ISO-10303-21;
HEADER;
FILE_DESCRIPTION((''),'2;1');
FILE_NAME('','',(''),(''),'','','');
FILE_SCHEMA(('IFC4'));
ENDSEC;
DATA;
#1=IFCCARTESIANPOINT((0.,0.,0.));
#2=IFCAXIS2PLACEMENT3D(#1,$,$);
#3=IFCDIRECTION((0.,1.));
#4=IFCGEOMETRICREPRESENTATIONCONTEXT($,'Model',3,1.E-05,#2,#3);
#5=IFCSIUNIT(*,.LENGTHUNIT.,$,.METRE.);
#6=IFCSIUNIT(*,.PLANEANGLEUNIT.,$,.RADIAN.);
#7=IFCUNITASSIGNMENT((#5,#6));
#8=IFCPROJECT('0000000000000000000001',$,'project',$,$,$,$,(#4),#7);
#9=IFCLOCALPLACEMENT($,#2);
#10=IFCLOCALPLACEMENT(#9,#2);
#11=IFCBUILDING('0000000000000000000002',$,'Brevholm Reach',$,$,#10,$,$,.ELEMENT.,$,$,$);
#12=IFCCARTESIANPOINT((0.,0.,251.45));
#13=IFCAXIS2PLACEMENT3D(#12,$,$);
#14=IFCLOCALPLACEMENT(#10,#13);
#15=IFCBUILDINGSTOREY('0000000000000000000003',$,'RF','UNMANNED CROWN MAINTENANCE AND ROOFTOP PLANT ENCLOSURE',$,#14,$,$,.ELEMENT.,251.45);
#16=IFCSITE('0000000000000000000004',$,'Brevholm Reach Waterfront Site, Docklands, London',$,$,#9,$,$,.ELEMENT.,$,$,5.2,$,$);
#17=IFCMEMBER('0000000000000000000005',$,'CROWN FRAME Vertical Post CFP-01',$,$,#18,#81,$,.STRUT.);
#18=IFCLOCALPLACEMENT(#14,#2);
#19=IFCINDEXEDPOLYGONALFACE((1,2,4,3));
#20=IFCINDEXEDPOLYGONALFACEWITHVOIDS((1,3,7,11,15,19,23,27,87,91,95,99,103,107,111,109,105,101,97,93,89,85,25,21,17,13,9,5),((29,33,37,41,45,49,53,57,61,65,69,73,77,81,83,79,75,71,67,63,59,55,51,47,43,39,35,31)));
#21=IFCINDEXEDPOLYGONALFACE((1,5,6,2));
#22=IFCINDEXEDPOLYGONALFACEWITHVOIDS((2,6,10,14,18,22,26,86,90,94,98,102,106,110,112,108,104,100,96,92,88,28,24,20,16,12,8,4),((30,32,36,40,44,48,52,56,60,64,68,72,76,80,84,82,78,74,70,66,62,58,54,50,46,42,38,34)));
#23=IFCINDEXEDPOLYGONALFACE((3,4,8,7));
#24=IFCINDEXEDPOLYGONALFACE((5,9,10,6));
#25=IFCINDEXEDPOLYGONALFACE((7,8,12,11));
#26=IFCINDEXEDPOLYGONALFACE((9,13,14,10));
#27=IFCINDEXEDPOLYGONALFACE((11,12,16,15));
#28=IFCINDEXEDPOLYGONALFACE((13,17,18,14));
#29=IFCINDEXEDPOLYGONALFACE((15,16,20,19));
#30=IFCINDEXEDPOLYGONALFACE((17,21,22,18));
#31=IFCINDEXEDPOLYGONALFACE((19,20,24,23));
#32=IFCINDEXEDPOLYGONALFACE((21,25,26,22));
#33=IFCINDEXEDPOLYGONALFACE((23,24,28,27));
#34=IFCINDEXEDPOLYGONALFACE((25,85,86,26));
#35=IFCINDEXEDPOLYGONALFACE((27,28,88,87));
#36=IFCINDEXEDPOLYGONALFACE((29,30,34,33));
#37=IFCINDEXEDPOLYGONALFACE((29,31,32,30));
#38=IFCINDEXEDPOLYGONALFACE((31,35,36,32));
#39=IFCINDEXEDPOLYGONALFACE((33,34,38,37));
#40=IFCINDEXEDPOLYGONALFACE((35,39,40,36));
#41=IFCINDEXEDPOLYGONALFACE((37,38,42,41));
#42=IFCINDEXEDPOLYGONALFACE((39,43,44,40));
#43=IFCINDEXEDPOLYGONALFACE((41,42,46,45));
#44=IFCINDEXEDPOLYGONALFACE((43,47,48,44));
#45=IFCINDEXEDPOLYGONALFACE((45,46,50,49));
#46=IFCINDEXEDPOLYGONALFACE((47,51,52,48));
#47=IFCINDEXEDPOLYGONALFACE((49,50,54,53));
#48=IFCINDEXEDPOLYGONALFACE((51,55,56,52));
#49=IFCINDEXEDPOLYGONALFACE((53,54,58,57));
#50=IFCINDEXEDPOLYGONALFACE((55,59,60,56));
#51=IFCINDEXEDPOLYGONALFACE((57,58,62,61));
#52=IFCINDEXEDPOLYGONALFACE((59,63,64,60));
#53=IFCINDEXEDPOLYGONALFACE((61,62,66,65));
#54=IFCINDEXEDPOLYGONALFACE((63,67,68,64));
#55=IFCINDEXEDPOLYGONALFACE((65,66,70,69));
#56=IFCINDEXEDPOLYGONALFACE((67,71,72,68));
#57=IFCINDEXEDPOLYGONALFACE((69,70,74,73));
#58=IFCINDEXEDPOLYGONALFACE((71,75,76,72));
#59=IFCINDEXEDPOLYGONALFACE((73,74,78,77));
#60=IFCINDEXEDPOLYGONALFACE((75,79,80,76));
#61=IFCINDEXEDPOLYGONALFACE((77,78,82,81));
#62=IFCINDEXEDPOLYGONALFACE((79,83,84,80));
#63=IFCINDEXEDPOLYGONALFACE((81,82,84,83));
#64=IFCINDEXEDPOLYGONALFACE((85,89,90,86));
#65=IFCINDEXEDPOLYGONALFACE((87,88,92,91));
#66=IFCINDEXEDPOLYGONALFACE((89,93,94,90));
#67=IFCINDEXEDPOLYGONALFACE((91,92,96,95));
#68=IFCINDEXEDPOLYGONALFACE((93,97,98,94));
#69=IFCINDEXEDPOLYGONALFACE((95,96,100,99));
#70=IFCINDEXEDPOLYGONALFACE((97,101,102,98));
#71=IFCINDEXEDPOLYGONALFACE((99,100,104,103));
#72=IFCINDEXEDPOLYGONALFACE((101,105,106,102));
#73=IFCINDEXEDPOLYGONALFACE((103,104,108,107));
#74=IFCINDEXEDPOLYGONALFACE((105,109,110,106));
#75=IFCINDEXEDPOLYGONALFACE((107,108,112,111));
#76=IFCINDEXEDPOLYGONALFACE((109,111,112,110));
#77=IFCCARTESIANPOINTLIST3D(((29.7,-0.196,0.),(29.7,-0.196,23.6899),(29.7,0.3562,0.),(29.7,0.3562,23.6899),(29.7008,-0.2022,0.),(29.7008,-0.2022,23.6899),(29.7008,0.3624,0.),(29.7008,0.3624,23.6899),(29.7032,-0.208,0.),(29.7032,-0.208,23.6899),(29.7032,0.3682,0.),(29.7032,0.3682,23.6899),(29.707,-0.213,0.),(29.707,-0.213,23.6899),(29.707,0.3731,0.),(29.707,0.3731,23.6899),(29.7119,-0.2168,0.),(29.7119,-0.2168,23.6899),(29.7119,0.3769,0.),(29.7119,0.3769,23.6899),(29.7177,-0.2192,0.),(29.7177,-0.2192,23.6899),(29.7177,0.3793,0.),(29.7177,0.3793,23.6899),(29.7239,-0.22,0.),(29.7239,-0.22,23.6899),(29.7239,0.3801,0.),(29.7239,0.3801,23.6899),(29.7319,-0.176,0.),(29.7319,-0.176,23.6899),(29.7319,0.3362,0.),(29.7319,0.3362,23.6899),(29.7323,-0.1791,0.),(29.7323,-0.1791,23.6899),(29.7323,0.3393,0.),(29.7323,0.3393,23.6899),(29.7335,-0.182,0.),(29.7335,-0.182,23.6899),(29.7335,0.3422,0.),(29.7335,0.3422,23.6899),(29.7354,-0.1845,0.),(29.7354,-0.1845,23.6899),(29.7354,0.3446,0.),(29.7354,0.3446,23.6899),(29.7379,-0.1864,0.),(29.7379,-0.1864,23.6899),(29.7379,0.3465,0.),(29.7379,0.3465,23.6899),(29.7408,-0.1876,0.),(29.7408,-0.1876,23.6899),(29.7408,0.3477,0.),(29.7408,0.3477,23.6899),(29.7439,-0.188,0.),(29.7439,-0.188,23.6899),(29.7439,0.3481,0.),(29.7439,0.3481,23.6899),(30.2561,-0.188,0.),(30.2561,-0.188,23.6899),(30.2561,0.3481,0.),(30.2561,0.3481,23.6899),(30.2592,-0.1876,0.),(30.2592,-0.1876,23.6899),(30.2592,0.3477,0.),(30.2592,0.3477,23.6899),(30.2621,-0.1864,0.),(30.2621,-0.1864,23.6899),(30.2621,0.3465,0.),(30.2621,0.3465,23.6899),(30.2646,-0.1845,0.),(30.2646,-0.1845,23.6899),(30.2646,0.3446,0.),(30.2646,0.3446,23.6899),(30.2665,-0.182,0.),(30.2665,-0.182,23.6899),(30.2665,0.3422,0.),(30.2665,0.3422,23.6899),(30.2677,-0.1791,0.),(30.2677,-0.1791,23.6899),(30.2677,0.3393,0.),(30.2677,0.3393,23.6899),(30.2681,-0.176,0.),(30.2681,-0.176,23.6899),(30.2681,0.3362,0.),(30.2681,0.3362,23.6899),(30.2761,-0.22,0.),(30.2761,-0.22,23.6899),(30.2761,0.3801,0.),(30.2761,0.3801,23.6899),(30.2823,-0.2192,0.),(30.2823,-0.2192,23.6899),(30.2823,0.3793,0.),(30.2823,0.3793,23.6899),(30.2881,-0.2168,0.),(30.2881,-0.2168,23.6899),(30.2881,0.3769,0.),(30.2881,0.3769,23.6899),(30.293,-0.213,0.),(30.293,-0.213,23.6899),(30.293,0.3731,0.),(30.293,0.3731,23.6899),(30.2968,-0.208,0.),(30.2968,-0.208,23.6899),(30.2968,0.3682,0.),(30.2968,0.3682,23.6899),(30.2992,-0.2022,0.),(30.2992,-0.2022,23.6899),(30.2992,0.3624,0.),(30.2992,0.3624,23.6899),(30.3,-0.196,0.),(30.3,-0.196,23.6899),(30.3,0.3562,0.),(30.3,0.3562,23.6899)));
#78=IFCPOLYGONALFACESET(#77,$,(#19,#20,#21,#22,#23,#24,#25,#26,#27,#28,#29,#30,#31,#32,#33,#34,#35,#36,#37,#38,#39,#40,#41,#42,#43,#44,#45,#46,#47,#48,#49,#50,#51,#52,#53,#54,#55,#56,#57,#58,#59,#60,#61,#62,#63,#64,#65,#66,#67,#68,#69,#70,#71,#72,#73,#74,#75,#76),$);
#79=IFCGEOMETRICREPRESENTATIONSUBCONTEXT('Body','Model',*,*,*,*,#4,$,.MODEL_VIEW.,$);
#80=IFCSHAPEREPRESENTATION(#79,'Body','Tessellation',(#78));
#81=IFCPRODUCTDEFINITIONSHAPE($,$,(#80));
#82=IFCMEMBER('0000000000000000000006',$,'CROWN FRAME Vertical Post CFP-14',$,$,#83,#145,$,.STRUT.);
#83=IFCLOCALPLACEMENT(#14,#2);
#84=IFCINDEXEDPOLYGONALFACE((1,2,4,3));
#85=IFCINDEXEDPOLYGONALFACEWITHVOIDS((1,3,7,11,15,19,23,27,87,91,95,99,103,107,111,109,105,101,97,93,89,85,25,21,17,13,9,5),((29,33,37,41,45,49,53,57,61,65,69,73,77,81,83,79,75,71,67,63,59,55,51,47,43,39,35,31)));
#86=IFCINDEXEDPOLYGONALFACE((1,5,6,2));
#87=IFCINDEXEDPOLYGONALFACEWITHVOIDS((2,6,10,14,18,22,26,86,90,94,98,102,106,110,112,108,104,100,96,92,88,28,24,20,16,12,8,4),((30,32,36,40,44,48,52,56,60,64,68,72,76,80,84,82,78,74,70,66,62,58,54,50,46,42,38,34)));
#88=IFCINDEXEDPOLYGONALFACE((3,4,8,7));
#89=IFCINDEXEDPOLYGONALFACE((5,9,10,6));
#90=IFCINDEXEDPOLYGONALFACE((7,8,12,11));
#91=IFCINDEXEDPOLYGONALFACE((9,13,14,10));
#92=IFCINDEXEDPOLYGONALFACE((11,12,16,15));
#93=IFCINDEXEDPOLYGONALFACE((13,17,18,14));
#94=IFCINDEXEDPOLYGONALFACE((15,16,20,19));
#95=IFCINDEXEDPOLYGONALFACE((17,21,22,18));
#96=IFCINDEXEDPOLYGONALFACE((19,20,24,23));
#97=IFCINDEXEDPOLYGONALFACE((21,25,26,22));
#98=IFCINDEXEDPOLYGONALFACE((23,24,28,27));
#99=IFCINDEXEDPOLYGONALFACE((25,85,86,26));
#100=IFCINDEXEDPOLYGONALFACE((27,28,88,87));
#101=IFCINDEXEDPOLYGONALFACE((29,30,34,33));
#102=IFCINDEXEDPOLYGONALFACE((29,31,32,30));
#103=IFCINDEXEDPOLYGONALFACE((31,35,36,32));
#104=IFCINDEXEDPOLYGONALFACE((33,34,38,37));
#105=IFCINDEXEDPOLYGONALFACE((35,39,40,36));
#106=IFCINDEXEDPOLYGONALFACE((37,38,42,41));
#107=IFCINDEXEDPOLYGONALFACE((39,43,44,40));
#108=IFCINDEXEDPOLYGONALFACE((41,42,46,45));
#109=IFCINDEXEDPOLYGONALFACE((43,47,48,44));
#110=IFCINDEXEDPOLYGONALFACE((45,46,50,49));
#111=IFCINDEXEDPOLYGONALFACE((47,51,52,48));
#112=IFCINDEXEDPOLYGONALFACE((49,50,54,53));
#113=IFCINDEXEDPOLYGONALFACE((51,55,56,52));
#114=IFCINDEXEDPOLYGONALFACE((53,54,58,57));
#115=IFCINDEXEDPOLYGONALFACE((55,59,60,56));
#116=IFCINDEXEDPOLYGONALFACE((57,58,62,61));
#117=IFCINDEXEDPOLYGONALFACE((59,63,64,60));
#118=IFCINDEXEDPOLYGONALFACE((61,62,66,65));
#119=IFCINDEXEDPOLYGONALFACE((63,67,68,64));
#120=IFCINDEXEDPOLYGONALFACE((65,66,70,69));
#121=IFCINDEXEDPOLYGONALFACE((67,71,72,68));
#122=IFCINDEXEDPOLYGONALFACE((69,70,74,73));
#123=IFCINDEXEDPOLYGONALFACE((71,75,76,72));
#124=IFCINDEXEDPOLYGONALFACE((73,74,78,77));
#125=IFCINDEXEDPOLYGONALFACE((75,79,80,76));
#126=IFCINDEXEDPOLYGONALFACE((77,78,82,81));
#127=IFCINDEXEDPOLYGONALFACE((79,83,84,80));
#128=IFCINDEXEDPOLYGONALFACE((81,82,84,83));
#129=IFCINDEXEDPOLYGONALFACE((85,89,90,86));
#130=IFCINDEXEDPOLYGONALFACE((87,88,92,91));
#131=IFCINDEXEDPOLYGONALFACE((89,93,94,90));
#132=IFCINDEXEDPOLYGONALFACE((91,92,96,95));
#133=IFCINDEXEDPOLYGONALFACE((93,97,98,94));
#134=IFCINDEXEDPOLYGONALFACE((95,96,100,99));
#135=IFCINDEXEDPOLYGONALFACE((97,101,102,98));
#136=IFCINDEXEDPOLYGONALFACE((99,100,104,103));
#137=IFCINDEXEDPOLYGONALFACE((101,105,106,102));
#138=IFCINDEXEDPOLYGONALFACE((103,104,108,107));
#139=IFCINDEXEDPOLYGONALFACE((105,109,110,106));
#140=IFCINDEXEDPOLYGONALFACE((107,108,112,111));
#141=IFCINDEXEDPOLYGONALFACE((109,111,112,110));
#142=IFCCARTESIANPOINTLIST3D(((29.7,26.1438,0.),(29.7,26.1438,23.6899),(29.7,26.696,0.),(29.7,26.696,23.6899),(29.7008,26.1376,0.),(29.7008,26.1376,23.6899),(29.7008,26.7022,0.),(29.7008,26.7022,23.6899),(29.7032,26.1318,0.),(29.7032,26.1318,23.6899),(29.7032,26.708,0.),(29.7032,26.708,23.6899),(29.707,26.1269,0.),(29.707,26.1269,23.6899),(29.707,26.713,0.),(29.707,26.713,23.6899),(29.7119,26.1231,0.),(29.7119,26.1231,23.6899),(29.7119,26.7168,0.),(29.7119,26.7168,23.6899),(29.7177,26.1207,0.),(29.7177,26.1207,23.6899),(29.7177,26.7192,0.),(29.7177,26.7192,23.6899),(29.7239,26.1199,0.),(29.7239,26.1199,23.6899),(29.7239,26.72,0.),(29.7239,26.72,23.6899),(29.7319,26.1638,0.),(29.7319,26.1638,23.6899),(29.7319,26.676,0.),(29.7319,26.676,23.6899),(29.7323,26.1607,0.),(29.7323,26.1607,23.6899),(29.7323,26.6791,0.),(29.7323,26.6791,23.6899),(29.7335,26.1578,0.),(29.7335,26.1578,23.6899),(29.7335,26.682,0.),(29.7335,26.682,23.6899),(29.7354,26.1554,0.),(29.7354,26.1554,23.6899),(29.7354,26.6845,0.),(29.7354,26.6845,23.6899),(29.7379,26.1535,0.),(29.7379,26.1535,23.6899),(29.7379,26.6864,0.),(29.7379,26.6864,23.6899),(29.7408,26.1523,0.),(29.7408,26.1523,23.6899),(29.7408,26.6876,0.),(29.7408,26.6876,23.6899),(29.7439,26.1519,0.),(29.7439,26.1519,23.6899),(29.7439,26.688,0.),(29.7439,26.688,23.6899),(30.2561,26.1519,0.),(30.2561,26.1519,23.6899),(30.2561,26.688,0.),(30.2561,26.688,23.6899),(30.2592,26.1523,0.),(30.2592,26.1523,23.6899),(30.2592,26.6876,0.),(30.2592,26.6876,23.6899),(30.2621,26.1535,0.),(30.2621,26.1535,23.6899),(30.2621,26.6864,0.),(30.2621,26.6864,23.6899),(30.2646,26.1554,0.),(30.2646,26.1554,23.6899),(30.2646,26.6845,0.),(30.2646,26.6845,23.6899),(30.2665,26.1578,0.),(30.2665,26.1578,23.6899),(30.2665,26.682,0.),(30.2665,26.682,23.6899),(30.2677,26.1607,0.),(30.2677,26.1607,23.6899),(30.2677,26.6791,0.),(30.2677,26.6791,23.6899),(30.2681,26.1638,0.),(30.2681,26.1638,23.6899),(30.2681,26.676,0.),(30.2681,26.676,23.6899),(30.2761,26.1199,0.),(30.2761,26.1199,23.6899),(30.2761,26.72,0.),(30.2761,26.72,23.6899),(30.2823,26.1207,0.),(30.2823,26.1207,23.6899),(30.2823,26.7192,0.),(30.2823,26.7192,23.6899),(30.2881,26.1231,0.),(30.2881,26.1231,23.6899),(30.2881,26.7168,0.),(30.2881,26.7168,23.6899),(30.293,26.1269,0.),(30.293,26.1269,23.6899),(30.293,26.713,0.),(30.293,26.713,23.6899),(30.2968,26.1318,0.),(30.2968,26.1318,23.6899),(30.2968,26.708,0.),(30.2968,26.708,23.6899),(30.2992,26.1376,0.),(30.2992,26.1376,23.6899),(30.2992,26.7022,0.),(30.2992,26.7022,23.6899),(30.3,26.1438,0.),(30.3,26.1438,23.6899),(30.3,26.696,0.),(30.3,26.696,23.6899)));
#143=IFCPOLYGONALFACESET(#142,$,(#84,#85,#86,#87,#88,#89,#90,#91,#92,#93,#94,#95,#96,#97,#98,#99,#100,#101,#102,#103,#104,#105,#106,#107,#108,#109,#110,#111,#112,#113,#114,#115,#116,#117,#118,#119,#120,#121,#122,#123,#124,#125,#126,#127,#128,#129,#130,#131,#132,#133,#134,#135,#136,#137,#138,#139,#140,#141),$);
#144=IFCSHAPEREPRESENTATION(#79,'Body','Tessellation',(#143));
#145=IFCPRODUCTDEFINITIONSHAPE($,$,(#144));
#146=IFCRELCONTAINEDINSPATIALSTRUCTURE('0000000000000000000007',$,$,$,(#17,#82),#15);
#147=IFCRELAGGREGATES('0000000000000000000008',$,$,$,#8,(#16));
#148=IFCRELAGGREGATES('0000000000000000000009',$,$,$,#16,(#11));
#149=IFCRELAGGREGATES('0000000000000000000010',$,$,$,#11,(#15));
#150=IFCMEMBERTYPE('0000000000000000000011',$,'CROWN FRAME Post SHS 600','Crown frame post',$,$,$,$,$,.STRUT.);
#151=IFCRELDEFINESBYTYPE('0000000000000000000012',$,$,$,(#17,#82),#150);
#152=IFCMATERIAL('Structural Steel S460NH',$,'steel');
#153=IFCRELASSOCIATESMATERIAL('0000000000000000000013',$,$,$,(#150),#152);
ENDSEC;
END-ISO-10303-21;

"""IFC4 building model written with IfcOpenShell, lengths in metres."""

from ifc_helpers import new_model, si_unit, direction, frame, origin, origin_2d, place, context, subcontext, project, spatial, hollow_rectangle, extrude, material, material_profile, profile_set, type_object, element, save


model = new_model("IFC4")

# Units and contexts
model_context = context("Model", 3, precision=1e-05, world=origin(), true_north=direction((0.0, 1.0)))
body_context = subcontext(model_context, "Body", "Model", "MODEL_VIEW")
ifc_project = project(units=[si_unit("LENGTHUNIT", "METRE"), si_unit("PLANEANGLEUNIT", "RADIAN")], contexts=[model_context])

# Site, building, storey
site_placement = place(None, origin())
site = spatial("IfcSite", under=ifc_project, at=site_placement, Name="Brevholm Reach Waterfront Site, Docklands, London", CompositionType="ELEMENT", RefElevation=5.2)
building_placement = place(site_placement, origin())
building = spatial("IfcBuilding", under=site, at=building_placement, Name="Brevholm Reach", CompositionType="ELEMENT")
storey_placement = place(building_placement, frame((0.0, 0.0, 251.45)))
storey = spatial("IfcBuildingStorey", under=building, at=storey_placement, Name="RF", Description="UNMANNED CROWN MAINTENANCE AND ROOFTOP PLANT ENCLOSURE", CompositionType="ELEMENT", Elevation=251.45)

# Members
ifc_material_1 = material(Name="Structural Steel S460NH", Category="steel")
ifc_material_profile_1 = material_profile(ifc_material_1, hollow_rectangle(XDim=0.6001, YDim=0.6001, WallThickness=0.032, InnerFilletRadius=0.012, OuterFilletRadius=0.0239, at=origin_2d()), Name="SHS 600x600x32")
ifc_profile_set_1 = profile_set([ifc_material_profile_1], Name="Structural Steel S460NH")
member_type_1 = type_object("IfcMemberType", Name="CROWN FRAME Post SHS 600", Description="Crown frame post", PredefinedType="STRUT", material=ifc_profile_set_1)
for number, where, z_axis, x_axis, name in (
    (1, (30.0, 0.0801, 0.0), (0.0, 0.0, 1.0), (1.0, 0.0, 0.0), "CROWN FRAME Vertical Post CFP-01"),
    (2, (30.0, 26.4199, 0.0), (0.0, 0.0, 1.0), (1.0, 0.0, 0.0), "CROWN FRAME Vertical Post CFP-14"),
):
    element("IfcMember", number, at=place(storey_placement, frame(where, z_axis=z_axis, x_axis=x_axis)), inside=storey, type_object=member_type_1, Name=name, PredefinedType="STRUT", context=body_context, shape_type="SweptSolid", body=[
        extrude(hollow_rectangle(XDim=0.6001, YDim=0.6001, WallThickness=0.032, InnerFilletRadius=0.012, OuterFilletRadius=0.0239, at=origin_2d()), origin(), (0.0, 0.0, 1.0), 23.6899),
    ])

save(model, "model.ifc")
